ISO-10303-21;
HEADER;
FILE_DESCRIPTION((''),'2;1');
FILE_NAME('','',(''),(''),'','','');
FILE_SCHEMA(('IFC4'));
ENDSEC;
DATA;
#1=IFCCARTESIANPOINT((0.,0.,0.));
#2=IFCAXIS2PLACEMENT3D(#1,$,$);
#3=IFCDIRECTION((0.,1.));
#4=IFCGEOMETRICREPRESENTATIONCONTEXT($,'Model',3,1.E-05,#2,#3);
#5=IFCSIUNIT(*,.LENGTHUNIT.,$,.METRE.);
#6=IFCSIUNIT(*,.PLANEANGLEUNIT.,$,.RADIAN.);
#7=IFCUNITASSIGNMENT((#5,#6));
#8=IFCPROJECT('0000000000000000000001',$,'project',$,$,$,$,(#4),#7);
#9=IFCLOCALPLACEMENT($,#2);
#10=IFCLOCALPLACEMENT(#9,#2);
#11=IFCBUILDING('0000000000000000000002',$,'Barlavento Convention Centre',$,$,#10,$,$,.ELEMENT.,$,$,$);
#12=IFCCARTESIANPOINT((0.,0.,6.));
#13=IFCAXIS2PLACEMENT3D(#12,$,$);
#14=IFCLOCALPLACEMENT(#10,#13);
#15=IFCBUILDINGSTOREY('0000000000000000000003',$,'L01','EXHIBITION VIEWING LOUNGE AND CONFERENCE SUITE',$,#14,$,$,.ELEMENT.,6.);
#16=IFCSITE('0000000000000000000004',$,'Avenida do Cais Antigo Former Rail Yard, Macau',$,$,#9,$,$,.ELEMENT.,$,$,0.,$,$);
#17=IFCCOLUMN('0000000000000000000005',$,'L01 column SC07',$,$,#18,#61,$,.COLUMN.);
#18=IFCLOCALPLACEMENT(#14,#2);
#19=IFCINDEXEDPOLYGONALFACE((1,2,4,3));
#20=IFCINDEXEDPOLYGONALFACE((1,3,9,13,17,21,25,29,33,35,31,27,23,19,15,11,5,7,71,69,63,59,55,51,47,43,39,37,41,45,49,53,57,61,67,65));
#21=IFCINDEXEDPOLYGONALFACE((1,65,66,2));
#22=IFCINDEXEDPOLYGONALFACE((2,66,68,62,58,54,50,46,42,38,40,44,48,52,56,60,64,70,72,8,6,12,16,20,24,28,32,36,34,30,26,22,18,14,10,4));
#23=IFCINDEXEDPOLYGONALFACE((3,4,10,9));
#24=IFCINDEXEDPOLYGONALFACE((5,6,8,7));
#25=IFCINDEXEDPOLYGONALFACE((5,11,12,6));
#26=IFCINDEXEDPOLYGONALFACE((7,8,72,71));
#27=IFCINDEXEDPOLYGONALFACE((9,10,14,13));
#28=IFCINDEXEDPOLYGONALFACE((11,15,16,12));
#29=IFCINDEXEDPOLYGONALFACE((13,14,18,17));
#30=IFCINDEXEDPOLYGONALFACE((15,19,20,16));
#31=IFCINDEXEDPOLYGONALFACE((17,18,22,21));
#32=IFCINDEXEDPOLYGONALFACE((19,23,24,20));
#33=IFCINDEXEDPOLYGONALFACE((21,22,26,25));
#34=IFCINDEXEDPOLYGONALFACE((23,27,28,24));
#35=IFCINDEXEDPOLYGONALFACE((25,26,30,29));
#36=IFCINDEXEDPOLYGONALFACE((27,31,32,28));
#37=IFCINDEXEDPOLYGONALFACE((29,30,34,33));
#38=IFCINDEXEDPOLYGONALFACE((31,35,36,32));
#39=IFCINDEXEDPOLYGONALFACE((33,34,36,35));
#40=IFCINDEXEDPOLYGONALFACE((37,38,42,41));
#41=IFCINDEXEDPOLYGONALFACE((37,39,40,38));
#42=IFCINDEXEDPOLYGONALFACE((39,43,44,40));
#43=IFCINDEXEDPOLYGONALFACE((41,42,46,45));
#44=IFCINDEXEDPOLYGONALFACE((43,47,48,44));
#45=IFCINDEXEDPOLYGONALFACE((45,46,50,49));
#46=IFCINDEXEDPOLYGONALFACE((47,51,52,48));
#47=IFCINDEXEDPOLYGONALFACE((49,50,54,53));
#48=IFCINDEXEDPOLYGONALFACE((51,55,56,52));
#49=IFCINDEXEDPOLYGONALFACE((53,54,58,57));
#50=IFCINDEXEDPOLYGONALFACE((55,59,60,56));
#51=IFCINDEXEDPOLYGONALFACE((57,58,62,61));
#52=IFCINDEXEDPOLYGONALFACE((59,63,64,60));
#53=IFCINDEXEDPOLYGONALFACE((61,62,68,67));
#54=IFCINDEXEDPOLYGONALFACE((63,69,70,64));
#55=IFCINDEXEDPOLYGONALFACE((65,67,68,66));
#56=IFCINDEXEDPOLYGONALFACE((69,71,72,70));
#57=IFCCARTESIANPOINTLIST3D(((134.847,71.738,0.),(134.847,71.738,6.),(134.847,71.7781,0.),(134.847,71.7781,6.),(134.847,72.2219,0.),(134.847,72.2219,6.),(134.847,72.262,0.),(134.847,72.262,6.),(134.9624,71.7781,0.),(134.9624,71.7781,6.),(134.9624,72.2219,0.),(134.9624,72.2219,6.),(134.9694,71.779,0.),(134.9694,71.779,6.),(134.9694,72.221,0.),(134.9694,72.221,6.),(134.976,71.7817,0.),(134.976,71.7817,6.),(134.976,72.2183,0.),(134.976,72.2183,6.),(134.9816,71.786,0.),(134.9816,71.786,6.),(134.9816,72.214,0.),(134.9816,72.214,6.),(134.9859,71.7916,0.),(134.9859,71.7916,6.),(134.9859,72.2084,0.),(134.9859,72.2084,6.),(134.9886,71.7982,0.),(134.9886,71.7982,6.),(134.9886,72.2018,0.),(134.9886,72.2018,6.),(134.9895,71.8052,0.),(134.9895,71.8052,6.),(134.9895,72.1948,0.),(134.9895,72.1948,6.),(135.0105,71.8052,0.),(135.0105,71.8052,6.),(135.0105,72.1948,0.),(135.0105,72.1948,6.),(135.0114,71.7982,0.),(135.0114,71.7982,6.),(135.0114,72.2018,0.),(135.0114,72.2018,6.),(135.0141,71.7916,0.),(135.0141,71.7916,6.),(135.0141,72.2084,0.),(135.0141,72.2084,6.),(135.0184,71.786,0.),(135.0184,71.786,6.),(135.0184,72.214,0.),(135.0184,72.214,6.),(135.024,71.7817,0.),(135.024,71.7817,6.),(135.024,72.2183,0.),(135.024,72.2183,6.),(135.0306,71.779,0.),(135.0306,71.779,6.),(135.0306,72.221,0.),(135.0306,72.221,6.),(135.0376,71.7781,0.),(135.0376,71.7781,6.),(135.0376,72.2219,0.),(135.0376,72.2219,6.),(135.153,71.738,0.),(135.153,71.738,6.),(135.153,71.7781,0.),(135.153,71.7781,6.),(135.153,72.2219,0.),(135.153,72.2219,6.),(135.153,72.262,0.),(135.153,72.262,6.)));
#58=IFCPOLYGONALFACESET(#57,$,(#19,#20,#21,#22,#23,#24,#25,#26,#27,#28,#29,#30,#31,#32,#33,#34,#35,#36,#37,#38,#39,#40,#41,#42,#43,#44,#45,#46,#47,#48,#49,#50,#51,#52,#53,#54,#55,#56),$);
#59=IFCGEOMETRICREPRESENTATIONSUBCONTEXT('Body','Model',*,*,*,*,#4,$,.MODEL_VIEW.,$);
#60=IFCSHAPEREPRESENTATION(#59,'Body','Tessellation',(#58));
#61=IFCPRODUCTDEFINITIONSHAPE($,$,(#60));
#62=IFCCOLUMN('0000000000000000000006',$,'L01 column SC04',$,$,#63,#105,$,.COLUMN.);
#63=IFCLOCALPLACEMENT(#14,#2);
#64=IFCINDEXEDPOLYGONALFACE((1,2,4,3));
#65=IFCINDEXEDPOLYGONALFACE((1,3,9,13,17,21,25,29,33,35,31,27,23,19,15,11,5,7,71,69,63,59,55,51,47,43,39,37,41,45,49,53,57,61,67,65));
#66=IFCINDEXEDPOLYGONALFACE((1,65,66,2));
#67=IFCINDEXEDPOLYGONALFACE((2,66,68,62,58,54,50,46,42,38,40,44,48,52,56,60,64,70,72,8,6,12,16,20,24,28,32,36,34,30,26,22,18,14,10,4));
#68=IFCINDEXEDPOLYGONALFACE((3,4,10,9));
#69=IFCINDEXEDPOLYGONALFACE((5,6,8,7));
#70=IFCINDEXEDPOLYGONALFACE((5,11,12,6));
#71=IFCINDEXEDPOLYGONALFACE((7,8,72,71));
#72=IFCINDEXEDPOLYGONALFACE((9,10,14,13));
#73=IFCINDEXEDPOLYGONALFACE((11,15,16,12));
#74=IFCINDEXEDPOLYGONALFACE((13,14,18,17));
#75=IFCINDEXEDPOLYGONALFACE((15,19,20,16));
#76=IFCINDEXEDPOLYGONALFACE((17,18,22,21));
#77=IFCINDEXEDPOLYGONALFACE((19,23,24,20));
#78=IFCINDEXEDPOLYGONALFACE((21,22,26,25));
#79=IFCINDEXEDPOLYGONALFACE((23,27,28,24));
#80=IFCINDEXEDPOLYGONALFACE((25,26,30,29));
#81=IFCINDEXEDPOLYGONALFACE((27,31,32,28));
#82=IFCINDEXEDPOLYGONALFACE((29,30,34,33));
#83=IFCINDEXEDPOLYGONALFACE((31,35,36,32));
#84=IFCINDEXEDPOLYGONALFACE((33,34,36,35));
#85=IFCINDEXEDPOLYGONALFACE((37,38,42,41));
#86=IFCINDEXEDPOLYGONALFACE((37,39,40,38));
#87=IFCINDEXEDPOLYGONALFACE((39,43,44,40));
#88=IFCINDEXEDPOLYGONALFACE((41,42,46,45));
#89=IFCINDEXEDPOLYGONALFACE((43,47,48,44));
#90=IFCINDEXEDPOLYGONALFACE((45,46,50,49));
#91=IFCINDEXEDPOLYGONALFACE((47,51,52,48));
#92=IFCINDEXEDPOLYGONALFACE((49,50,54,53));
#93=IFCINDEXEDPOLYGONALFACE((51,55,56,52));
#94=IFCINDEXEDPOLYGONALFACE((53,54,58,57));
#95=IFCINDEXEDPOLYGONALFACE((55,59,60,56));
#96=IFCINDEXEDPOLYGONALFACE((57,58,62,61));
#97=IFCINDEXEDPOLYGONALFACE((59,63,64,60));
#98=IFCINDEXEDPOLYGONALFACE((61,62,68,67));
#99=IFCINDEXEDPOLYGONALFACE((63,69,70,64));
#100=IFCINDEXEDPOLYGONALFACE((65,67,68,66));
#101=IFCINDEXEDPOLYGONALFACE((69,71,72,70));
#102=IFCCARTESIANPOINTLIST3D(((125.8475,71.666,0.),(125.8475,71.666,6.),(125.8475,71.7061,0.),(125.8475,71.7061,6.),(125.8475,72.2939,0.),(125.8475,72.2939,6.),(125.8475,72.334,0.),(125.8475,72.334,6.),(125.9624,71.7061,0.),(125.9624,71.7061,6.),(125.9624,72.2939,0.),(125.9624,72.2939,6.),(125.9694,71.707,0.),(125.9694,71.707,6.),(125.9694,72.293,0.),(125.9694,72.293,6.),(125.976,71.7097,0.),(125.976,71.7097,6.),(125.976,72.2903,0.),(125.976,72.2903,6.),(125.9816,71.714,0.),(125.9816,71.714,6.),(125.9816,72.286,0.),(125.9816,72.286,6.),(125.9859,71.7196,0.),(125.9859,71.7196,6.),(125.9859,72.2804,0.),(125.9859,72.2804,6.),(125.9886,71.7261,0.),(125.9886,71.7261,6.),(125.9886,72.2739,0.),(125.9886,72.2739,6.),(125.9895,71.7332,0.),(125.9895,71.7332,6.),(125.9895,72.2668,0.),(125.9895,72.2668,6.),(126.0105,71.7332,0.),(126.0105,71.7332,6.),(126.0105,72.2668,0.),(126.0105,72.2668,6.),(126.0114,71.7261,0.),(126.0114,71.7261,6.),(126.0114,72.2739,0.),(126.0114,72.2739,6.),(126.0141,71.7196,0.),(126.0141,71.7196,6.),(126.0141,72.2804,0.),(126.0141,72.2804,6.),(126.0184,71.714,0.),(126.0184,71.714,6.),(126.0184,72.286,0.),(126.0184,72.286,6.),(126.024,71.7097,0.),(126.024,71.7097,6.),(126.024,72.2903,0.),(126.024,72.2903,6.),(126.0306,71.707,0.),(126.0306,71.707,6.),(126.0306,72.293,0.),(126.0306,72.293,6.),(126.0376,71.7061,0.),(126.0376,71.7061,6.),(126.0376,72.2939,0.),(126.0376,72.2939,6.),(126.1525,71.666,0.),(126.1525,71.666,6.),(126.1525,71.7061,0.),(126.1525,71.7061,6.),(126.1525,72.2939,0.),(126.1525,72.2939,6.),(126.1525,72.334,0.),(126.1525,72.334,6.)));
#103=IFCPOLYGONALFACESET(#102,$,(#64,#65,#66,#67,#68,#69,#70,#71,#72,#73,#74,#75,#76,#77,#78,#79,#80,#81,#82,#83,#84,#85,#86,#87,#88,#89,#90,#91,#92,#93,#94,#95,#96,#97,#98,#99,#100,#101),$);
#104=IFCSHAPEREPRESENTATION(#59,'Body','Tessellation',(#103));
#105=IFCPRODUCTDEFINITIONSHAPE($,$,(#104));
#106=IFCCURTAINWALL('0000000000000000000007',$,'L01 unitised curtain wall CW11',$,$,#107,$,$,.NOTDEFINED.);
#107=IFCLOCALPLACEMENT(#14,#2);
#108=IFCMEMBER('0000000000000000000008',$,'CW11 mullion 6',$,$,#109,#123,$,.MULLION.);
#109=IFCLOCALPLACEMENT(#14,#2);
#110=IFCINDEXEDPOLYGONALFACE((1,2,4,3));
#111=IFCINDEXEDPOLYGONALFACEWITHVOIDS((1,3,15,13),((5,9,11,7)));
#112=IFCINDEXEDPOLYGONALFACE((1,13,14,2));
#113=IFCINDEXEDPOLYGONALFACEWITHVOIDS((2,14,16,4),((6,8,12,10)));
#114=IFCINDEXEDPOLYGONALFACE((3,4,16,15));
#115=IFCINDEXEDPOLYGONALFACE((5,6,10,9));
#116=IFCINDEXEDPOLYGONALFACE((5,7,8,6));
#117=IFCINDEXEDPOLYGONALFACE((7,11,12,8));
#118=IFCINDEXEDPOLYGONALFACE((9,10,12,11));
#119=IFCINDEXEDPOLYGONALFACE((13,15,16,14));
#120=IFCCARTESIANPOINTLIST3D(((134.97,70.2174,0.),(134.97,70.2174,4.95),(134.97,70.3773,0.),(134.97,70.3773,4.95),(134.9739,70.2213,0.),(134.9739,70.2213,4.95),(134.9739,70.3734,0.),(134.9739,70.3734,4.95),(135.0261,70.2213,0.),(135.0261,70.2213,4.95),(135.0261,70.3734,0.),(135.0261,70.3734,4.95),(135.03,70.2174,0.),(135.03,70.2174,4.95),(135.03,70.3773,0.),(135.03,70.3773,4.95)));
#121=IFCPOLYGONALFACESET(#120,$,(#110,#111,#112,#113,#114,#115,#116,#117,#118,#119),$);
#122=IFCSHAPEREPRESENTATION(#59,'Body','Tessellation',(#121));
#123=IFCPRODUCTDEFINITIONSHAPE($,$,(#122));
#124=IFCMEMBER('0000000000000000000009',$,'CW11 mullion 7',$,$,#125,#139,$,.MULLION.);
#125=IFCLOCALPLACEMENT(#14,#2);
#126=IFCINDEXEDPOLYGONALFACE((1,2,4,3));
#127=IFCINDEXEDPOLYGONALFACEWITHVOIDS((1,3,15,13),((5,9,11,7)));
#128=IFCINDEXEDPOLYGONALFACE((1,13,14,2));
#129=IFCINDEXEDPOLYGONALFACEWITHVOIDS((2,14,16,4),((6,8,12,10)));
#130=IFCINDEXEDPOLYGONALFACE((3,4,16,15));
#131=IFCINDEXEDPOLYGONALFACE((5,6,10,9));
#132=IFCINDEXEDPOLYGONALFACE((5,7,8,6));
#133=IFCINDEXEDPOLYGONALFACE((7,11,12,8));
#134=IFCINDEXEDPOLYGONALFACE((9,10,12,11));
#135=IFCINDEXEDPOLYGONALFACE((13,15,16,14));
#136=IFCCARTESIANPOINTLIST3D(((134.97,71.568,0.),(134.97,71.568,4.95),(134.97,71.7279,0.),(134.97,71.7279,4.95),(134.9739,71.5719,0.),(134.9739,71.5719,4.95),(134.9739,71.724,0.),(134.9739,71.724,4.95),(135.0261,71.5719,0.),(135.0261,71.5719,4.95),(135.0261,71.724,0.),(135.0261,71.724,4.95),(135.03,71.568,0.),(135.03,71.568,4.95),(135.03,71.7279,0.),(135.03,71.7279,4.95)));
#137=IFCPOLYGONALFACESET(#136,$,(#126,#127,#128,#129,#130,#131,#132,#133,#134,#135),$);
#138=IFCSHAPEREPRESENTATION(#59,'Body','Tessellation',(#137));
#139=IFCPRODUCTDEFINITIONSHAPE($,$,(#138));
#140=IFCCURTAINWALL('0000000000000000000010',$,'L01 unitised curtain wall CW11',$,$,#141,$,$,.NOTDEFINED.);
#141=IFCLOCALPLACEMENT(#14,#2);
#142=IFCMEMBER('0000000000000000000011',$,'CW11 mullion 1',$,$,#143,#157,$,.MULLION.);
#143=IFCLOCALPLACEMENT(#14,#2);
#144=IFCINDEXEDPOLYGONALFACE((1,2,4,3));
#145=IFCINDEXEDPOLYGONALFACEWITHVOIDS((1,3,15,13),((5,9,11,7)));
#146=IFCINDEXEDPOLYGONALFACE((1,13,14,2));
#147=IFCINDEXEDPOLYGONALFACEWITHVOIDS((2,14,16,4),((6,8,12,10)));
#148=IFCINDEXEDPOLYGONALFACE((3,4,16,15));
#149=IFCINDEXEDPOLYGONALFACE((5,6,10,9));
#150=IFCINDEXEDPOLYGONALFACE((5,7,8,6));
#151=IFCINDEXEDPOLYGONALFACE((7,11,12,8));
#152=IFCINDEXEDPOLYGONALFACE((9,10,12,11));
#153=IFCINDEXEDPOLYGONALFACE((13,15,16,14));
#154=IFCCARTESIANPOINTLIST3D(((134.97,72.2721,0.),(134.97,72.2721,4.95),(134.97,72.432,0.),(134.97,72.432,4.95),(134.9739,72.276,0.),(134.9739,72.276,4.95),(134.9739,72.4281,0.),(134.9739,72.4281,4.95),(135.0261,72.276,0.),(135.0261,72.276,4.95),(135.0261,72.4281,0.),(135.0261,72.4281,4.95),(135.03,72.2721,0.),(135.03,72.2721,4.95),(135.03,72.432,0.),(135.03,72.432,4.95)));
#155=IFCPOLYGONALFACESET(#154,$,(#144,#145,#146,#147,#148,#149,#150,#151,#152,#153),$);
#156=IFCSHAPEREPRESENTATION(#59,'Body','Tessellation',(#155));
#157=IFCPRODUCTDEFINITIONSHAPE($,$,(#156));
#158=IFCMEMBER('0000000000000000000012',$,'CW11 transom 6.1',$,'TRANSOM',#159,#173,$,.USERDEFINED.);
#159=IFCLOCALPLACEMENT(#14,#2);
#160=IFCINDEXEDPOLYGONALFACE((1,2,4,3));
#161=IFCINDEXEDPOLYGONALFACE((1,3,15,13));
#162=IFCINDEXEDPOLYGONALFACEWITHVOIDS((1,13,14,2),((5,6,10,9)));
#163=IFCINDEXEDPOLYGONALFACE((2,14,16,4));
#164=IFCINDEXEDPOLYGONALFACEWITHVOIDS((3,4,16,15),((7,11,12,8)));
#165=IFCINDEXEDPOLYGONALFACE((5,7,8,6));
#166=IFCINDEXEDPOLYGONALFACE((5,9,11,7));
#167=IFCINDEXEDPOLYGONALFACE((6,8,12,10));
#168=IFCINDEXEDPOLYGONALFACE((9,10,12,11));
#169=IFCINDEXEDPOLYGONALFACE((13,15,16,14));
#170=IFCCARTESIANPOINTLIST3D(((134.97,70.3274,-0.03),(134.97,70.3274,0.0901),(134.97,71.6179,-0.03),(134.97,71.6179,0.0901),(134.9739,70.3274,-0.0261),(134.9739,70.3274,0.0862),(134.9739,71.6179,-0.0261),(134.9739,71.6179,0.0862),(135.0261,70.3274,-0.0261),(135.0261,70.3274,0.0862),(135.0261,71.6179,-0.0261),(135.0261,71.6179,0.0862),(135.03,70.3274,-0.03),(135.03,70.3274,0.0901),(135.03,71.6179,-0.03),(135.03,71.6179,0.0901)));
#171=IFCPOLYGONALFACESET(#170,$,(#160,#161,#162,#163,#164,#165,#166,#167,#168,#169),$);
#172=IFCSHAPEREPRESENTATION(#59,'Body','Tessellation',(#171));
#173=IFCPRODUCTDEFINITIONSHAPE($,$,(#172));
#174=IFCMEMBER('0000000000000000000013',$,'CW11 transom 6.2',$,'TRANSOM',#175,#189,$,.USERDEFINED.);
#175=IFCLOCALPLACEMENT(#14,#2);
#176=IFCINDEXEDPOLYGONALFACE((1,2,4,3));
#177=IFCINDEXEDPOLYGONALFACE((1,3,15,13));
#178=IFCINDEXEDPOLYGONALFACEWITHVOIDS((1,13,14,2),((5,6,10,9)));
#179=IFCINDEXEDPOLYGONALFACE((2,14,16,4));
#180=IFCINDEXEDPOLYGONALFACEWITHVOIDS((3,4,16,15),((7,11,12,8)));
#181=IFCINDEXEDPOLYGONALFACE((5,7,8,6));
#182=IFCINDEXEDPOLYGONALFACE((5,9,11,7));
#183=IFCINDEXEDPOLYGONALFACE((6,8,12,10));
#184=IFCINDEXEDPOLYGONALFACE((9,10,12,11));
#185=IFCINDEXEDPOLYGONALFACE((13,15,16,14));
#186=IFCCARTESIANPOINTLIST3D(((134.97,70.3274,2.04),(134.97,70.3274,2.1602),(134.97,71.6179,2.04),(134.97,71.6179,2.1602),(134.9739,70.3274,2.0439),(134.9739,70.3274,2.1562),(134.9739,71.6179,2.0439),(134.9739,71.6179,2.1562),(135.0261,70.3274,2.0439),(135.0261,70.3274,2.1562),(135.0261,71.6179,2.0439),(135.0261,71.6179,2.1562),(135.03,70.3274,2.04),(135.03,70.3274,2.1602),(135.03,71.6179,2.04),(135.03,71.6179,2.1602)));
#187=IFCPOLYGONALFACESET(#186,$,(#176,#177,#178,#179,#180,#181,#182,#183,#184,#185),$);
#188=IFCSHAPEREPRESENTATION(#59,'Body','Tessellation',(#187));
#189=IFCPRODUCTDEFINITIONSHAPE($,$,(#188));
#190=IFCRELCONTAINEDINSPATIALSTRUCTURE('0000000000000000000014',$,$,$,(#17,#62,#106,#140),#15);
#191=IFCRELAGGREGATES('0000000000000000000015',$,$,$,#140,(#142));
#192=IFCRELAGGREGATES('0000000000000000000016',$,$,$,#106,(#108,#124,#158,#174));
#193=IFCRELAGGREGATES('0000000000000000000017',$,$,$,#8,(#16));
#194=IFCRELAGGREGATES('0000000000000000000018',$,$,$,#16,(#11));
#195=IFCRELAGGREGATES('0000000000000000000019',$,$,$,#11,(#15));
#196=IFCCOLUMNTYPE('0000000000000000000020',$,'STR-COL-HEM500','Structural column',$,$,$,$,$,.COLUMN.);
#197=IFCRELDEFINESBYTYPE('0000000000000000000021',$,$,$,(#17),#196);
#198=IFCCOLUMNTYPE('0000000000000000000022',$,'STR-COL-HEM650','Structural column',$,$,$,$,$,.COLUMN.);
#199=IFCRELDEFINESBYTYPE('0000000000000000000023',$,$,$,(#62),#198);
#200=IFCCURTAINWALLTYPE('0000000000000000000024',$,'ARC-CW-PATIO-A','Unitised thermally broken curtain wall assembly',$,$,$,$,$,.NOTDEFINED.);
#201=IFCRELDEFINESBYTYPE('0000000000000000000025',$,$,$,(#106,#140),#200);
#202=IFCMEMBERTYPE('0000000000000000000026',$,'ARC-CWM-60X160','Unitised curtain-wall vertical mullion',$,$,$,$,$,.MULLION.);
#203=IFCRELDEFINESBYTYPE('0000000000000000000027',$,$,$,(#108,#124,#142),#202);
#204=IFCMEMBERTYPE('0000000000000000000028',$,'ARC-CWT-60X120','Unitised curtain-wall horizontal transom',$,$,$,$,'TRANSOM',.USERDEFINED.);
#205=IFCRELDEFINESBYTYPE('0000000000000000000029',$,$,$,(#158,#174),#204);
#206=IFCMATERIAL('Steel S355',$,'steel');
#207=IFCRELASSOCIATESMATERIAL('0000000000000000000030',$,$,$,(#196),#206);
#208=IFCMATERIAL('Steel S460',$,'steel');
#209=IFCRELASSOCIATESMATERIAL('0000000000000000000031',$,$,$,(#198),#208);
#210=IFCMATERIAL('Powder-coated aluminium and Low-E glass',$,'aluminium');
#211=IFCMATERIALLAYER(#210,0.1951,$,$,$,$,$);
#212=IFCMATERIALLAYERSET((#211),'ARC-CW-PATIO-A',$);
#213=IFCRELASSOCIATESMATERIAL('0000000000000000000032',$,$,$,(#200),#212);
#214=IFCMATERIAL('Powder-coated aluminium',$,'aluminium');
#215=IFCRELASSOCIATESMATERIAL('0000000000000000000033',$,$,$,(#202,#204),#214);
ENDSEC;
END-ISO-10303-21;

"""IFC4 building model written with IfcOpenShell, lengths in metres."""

from ifc_helpers import new_model, si_unit, direction, frame, origin, origin_2d, place, context, subcontext, project, spatial, hollow_rectangle, i_section, extrude, material, layer, layer_set, material_profile, profile_set, type_object, element, aggregate, save


model = new_model("IFC4")

# Units and contexts
model_context = context("Model", 3, precision=1e-05, world=origin(), true_north=direction((0.0, 1.0)))
body_context = subcontext(model_context, "Body", "Model", "MODEL_VIEW")
ifc_project = project(units=[si_unit("LENGTHUNIT", "METRE"), si_unit("PLANEANGLEUNIT", "RADIAN")], contexts=[model_context])

# Site, building, storey
site_placement = place(None, origin())
site = spatial("IfcSite", under=ifc_project, at=site_placement, Name="Avenida do Cais Antigo Former Rail Yard, Macau", CompositionType="ELEMENT", RefElevation=0.0)
building_placement = place(site_placement, origin())
building = spatial("IfcBuilding", under=site, at=building_placement, Name="Barlavento Convention Centre", CompositionType="ELEMENT")
storey_placement = place(building_placement, frame((0.0, 0.0, 6.0)))
storey = spatial("IfcBuildingStorey", under=building, at=storey_placement, Name="L01", Description="EXHIBITION VIEWING LOUNGE AND CONFERENCE SUITE", CompositionType="ELEMENT", Elevation=6.0)

# Columns
ifc_material_1 = material(Name="Steel S355", Category="steel")
ifc_material_profile_1 = material_profile(ifc_material_1, i_section(OverallWidth=0.3059, OverallDepth=0.5239, WebThickness=0.021, FlangeThickness=0.04, FilletRadius=0.0271, at=origin_2d()), Name="HEM 500")
ifc_profile_set_1 = profile_set([ifc_material_profile_1], Name="Steel S355")
column_type_1 = type_object("IfcColumnType", Name="STR-COL-HEM500", Description="Structural column", PredefinedType="COLUMN", material=ifc_profile_set_1)
column_1_placement = place(storey_placement, frame((135.0, 72.0, 0.0), z_axis=(0.0, 0.0, 1.0), x_axis=(1.0, 0.0, 0.0)))
element("IfcColumn", 1, at=column_1_placement, inside=storey, type_object=column_type_1, Name="L01 column SC07", PredefinedType="COLUMN", context=body_context, shape_type="SweptSolid", body=[
    extrude(i_section(OverallWidth=0.3059, OverallDepth=0.5239, WebThickness=0.021, FlangeThickness=0.04, FilletRadius=0.0271, at=origin_2d()), origin(), (0.0, 0.0, 1.0), 6.0),
])
ifc_material_2 = material(Name="Steel S460", Category="steel")
ifc_material_profile_2 = material_profile(ifc_material_2, i_section(OverallWidth=0.3049, OverallDepth=0.668, WebThickness=0.021, FlangeThickness=0.04, FilletRadius=0.0271, at=origin_2d()), Name="HEM 650")
ifc_profile_set_2 = profile_set([ifc_material_profile_2], Name="Steel S460")
column_type_2 = type_object("IfcColumnType", Name="STR-COL-HEM650", Description="Structural column", PredefinedType="COLUMN", material=ifc_profile_set_2)
column_2_placement = place(storey_placement, frame((126.0, 72.0, 0.0), z_axis=(0.0, 0.0, 1.0), x_axis=(1.0, 0.0, 0.0)))
element("IfcColumn", 2, at=column_2_placement, inside=storey, type_object=column_type_2, Name="L01 column SC04", PredefinedType="COLUMN", context=body_context, shape_type="SweptSolid", body=[
    extrude(i_section(OverallWidth=0.3049, OverallDepth=0.668, WebThickness=0.021, FlangeThickness=0.04, FilletRadius=0.0271, at=origin_2d()), origin(), (0.0, 0.0, 1.0), 6.0),
])

# Curtain wall, members
ifc_material_3 = material(Name="Powder-coated aluminium and Low-E glass", Category="aluminium")
ifc_layer_1 = layer(ifc_material_3, 0.1951)
ifc_layer_set_1 = layer_set([ifc_layer_1], Name="ARC-CW-PATIO-A")
curtain_wall_type = type_object("IfcCurtainWallType", Name="ARC-CW-PATIO-A", Description="Unitised thermally broken curtain wall assembly", PredefinedType="NOTDEFINED", material=ifc_layer_set_1)
curtain_wall_1_placement = place(storey_placement, origin())
curtain_wall_1 = element("IfcCurtainWall", 3, at=curtain_wall_1_placement, inside=storey, type_object=curtain_wall_type, Name="L01 unitised curtain wall CW11", PredefinedType="NOTDEFINED")
ifc_material_4 = material(Name="Powder-coated aluminium", Category="aluminium")
ifc_material_profile_3 = material_profile(ifc_material_4, hollow_rectangle(XDim=0.0601, YDim=0.1599, WallThickness=0.0039, at=origin_2d()), Name="AL-MULL 60x160x4")
ifc_profile_set_3 = profile_set([ifc_material_profile_3], Name="Powder-coated aluminium")
member_type_1 = type_object("IfcMemberType", Name="ARC-CWM-60X160", Description="Unitised curtain-wall vertical mullion", PredefinedType="MULLION", material=ifc_profile_set_3)
member_1_placement = place(storey_placement, frame((135.0, 70.2974, 0.0), z_axis=(0.0, 0.0, 1.0), x_axis=(-1.0, 0.0, 0.0)))
member_1 = element("IfcMember", 4, at=member_1_placement, type_object=member_type_1, Name="CW11 mullion 6", PredefinedType="MULLION", context=body_context, shape_type="SweptSolid", body=[
    extrude(hollow_rectangle(XDim=0.0601, YDim=0.1599, WallThickness=0.0039, at=origin_2d()), origin(), (0.0, 0.0, 1.0), 4.95),
])
member_2_placement = place(storey_placement, frame((135.0, 71.6479, 0.0), z_axis=(0.0, 0.0, 1.0), x_axis=(-1.0, 0.0, 0.0)))
member_2 = element("IfcMember", 5, at=member_2_placement, type_object=member_type_1, Name="CW11 mullion 7", PredefinedType="MULLION", context=body_context, shape_type="SweptSolid", body=[
    extrude(hollow_rectangle(XDim=0.0601, YDim=0.1599, WallThickness=0.0039, at=origin_2d()), origin(), (0.0, 0.0, 1.0), 4.95),
])

# Curtain wall, member
curtain_wall_2_placement = place(storey_placement, origin())
curtain_wall_2 = element("IfcCurtainWall", 6, at=curtain_wall_2_placement, inside=storey, type_object=curtain_wall_type, Name="L01 unitised curtain wall CW11", PredefinedType="NOTDEFINED")
member_3_placement = place(storey_placement, frame((135.0, 72.3521, 0.0), z_axis=(0.0, 0.0, 1.0), x_axis=(-1.0, 0.0, 0.0)))
member_3 = element("IfcMember", 7, at=member_3_placement, type_object=member_type_1, Name="CW11 mullion 1", PredefinedType="MULLION", context=body_context, shape_type="SweptSolid", body=[
    extrude(hollow_rectangle(XDim=0.0601, YDim=0.1599, WallThickness=0.0039, at=origin_2d()), origin(), (0.0, 0.0, 1.0), 4.95),
])

# Members
ifc_material_profile_4 = material_profile(ifc_material_4, hollow_rectangle(XDim=0.0601, YDim=0.1201, WallThickness=0.0039, at=origin_2d()), Name="AL-TRAN 60x120x4")
ifc_profile_set_4 = profile_set([ifc_material_profile_4], Name="Powder-coated aluminium")
member_type_2 = type_object("IfcMemberType", Name="ARC-CWT-60X120", Description="Unitised curtain-wall horizontal transom", ElementType="TRANSOM", PredefinedType="USERDEFINED", material=ifc_profile_set_4)
member_4_placement = place(storey_placement, frame((135.0, 70.3274, 0.03), z_axis=(0.0, 1.0, 0.0), x_axis=(-1.0, 0.0, 0.0)))
member_4 = element("IfcMember", 8, at=member_4_placement, type_object=member_type_2, Name="CW11 transom 6.1", ObjectType="TRANSOM", PredefinedType="USERDEFINED", context=body_context, shape_type="SweptSolid", body=[
    extrude(hollow_rectangle(XDim=0.0601, YDim=0.1201, WallThickness=0.0039, at=origin_2d()), origin(), (0.0, 0.0, 1.0), 1.2905),
])
member_5_placement = place(storey_placement, frame((135.0, 70.3274, 2.1001), z_axis=(0.0, 1.0, 0.0), x_axis=(-1.0, 0.0, 0.0)))
member_5 = element("IfcMember", 9, at=member_5_placement, type_object=member_type_2, Name="CW11 transom 6.2", ObjectType="TRANSOM", PredefinedType="USERDEFINED", context=body_context, shape_type="SweptSolid", body=[
    extrude(hollow_rectangle(XDim=0.0601, YDim=0.1201, WallThickness=0.0039, at=origin_2d()), origin(), (0.0, 0.0, 1.0), 1.2905),
])
aggregate(curtain_wall_2, [member_3])

aggregate(curtain_wall_1, [member_1, member_2, member_4, member_5])

save(model, "model.ifc")
